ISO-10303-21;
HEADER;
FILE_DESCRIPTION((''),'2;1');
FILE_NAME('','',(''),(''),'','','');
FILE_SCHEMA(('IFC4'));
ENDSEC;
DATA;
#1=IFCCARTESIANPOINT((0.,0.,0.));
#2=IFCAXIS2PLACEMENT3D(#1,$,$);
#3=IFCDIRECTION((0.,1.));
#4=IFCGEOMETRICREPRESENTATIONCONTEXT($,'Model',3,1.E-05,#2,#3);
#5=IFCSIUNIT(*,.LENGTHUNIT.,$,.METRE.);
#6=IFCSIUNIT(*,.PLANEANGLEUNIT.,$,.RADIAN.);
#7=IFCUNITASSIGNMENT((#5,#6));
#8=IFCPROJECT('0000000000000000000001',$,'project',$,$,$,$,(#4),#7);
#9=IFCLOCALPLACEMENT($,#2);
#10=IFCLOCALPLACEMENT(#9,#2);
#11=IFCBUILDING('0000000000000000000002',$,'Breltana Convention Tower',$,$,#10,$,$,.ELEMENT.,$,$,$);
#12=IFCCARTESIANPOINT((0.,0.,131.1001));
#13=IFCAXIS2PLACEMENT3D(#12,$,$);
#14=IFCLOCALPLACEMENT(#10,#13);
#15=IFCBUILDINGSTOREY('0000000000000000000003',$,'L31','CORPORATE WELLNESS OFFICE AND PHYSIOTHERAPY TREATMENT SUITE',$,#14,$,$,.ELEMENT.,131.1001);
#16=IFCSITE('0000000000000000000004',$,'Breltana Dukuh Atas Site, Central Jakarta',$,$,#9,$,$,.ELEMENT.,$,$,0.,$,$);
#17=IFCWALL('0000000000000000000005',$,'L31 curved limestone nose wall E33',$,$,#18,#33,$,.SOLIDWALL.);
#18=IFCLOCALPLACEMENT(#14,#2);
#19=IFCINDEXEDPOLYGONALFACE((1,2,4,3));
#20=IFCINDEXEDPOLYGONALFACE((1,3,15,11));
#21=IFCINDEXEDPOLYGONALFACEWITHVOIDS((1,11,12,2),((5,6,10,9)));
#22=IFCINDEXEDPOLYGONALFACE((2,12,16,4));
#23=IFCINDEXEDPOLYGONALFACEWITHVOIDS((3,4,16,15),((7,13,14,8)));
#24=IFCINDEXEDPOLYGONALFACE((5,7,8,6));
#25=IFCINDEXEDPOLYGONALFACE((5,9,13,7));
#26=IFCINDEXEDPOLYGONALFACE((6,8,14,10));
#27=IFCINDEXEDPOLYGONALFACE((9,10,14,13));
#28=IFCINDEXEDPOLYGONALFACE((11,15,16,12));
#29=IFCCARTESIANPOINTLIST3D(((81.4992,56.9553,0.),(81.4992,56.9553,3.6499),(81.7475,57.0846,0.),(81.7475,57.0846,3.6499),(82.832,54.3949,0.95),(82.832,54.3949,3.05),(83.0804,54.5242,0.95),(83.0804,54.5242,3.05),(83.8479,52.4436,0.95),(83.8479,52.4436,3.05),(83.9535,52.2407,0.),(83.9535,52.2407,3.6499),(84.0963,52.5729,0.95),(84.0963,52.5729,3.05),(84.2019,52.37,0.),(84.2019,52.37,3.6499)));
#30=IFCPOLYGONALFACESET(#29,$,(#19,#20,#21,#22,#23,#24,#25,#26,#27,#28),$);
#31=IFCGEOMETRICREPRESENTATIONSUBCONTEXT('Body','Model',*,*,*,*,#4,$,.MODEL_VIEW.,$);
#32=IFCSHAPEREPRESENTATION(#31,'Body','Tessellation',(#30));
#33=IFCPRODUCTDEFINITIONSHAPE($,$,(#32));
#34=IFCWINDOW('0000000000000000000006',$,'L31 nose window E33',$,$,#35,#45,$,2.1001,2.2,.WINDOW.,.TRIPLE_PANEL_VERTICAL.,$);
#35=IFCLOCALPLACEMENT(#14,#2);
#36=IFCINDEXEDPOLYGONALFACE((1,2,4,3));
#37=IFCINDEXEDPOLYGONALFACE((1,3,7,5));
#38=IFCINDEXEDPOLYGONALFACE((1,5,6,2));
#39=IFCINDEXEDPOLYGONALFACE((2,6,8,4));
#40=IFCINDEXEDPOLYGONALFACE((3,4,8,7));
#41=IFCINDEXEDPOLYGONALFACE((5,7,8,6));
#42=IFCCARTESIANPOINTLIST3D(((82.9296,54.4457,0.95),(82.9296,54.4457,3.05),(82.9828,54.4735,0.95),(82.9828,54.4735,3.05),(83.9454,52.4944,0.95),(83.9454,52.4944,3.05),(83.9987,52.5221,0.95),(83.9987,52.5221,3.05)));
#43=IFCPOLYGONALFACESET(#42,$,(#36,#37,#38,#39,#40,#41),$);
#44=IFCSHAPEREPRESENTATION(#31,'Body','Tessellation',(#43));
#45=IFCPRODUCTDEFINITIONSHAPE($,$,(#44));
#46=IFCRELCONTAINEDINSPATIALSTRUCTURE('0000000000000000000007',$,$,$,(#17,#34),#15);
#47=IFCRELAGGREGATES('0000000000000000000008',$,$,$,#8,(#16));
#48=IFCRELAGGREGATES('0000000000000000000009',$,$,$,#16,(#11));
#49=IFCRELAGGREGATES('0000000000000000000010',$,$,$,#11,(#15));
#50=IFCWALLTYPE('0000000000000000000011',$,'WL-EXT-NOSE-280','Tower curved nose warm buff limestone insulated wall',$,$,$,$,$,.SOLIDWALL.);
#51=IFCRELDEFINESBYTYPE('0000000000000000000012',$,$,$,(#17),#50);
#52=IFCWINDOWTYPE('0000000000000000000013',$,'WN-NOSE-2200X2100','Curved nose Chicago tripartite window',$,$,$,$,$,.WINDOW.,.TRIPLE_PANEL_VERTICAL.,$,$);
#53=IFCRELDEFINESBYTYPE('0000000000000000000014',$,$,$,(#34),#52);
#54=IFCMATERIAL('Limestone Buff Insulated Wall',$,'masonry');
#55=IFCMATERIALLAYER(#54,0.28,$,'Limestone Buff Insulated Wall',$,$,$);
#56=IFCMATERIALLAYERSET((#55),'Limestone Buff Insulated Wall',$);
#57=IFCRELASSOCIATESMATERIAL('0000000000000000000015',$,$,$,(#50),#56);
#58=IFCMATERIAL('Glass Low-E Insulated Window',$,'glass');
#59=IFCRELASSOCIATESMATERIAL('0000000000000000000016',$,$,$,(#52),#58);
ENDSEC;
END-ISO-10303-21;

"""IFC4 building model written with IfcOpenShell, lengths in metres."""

from ifc_helpers import new_model, si_unit, direction, frame, frame_2d, origin, place, context, subcontext, project, spatial, rectangle, extrude, source, transform, mapped, material, layer, layer_set, type_object, type_shapes, element, fill, save


model = new_model("IFC4")

# Units and contexts
model_context = context("Model", 3, precision=1e-05, world=origin(), true_north=direction((0.0, 1.0)))
body_context = subcontext(model_context, "Body", "Model", "MODEL_VIEW")
ifc_project = project(units=[si_unit("LENGTHUNIT", "METRE"), si_unit("PLANEANGLEUNIT", "RADIAN")], contexts=[model_context])

# Site, building, storey
site_placement = place(None, origin())
site = spatial("IfcSite", under=ifc_project, at=site_placement, Name="Breltana Dukuh Atas Site, Central Jakarta", CompositionType="ELEMENT", RefElevation=0.0)
building_placement = place(site_placement, origin())
building = spatial("IfcBuilding", under=site, at=building_placement, Name="Breltana Convention Tower", CompositionType="ELEMENT")
storey_placement = place(building_placement, frame((0.0, 0.0, 131.1001)))
storey = spatial("IfcBuildingStorey", under=building, at=storey_placement, Name="L31", Description="CORPORATE WELLNESS OFFICE AND PHYSIOTHERAPY TREATMENT SUITE", CompositionType="ELEMENT", Elevation=131.1001)

# Wall, opening, window
ifc_material_1 = material(Name="Limestone Buff Insulated Wall", Category="masonry")
ifc_layer_1 = layer(ifc_material_1, 0.28, Name="Limestone Buff Insulated Wall")
ifc_layer_set_1 = layer_set([ifc_layer_1], Name="Limestone Buff Insulated Wall")
wall_type = type_object("IfcWallType", Name="WL-EXT-NOSE-280", Description="Tower curved nose warm buff limestone insulated wall", PredefinedType="SOLIDWALL", material=ifc_layer_set_1)
ifc_material_2 = material(Name="Glass Low-E Insulated Window", Category="glass")
window_type = type_object("IfcWindowType", Name="WN-NOSE-2200X2100", Description="Curved nose Chicago tripartite window", PartitioningType="TRIPLE_PANEL_VERTICAL", PredefinedType="WINDOW", material=ifc_material_2)
shared_shape_1 = source(origin(), body_context, "Body", "SweptSolid", [
    extrude(rectangle(XDim=2.2, YDim=2.1001, at=frame_2d((1.1001, 1.05))), frame((0.0, 0.03, 0.0), z_axis=(0.0, -1.0, 0.0), x_axis=(1.0, 0.0, 0.0)), (0.0, 0.0, 1.0), 0.0601),
])
type_shapes(window_type, [shared_shape_1])
shared_shape_2 = source(origin(), body_context, "Body", "SweptSolid", [
    extrude(rectangle(XDim=5.3152, YDim=0.28, at=frame_2d((2.6577, 0.0))), origin(), (0.0, 0.0, 1.0), 3.6499),
])
wall_1_placement = place(storey_placement, frame((81.6233, 57.02, 0.0), z_axis=(0.0, 0.0, 1.0), x_axis=(0.461761, -0.887005, 0.0)))
wall_1 = element("IfcWall", 1, at=wall_1_placement, inside=storey, type_object=wall_type, Name="L31 curved limestone nose wall E33", PredefinedType="SOLIDWALL", context=body_context, shape_type="MappedRepresentation", body=[
    mapped(shared_shape_2, transform((0.0, 0.0, 0.0), scale=1.0)),
])
opening_1_placement = place(wall_1_placement, frame((2.8865, 0.0, 0.95)))
opening_1 = element("IfcOpeningElement", 2, at=opening_1_placement, cuts=wall_1, PredefinedType="OPENING", context=body_context, shape_type="SweptSolid", body=[
    extrude(rectangle(XDim=2.2, YDim=2.1001, at=frame_2d((1.1001, 1.05))), frame((0.0, 0.1499, 0.0), z_axis=(0.0, -1.0, 0.0), x_axis=(1.0, 0.0, 0.0)), (0.0, 0.0, 1.0), 0.3),
])
window_1_placement = place(opening_1_placement, origin())
window_1 = element("IfcWindow", 3, at=window_1_placement, inside=storey, type_object=window_type, Name="L31 nose window E33", OverallHeight=2.1001, OverallWidth=2.2, PartitioningType="TRIPLE_PANEL_VERTICAL", PredefinedType="WINDOW", context=body_context, shape_type="MappedRepresentation", body=[
    mapped(shared_shape_1, transform((0.0, 0.0, 0.0), scale=1.0)),
])
fill(opening_1, window_1)

save(model, "model.ifc")
